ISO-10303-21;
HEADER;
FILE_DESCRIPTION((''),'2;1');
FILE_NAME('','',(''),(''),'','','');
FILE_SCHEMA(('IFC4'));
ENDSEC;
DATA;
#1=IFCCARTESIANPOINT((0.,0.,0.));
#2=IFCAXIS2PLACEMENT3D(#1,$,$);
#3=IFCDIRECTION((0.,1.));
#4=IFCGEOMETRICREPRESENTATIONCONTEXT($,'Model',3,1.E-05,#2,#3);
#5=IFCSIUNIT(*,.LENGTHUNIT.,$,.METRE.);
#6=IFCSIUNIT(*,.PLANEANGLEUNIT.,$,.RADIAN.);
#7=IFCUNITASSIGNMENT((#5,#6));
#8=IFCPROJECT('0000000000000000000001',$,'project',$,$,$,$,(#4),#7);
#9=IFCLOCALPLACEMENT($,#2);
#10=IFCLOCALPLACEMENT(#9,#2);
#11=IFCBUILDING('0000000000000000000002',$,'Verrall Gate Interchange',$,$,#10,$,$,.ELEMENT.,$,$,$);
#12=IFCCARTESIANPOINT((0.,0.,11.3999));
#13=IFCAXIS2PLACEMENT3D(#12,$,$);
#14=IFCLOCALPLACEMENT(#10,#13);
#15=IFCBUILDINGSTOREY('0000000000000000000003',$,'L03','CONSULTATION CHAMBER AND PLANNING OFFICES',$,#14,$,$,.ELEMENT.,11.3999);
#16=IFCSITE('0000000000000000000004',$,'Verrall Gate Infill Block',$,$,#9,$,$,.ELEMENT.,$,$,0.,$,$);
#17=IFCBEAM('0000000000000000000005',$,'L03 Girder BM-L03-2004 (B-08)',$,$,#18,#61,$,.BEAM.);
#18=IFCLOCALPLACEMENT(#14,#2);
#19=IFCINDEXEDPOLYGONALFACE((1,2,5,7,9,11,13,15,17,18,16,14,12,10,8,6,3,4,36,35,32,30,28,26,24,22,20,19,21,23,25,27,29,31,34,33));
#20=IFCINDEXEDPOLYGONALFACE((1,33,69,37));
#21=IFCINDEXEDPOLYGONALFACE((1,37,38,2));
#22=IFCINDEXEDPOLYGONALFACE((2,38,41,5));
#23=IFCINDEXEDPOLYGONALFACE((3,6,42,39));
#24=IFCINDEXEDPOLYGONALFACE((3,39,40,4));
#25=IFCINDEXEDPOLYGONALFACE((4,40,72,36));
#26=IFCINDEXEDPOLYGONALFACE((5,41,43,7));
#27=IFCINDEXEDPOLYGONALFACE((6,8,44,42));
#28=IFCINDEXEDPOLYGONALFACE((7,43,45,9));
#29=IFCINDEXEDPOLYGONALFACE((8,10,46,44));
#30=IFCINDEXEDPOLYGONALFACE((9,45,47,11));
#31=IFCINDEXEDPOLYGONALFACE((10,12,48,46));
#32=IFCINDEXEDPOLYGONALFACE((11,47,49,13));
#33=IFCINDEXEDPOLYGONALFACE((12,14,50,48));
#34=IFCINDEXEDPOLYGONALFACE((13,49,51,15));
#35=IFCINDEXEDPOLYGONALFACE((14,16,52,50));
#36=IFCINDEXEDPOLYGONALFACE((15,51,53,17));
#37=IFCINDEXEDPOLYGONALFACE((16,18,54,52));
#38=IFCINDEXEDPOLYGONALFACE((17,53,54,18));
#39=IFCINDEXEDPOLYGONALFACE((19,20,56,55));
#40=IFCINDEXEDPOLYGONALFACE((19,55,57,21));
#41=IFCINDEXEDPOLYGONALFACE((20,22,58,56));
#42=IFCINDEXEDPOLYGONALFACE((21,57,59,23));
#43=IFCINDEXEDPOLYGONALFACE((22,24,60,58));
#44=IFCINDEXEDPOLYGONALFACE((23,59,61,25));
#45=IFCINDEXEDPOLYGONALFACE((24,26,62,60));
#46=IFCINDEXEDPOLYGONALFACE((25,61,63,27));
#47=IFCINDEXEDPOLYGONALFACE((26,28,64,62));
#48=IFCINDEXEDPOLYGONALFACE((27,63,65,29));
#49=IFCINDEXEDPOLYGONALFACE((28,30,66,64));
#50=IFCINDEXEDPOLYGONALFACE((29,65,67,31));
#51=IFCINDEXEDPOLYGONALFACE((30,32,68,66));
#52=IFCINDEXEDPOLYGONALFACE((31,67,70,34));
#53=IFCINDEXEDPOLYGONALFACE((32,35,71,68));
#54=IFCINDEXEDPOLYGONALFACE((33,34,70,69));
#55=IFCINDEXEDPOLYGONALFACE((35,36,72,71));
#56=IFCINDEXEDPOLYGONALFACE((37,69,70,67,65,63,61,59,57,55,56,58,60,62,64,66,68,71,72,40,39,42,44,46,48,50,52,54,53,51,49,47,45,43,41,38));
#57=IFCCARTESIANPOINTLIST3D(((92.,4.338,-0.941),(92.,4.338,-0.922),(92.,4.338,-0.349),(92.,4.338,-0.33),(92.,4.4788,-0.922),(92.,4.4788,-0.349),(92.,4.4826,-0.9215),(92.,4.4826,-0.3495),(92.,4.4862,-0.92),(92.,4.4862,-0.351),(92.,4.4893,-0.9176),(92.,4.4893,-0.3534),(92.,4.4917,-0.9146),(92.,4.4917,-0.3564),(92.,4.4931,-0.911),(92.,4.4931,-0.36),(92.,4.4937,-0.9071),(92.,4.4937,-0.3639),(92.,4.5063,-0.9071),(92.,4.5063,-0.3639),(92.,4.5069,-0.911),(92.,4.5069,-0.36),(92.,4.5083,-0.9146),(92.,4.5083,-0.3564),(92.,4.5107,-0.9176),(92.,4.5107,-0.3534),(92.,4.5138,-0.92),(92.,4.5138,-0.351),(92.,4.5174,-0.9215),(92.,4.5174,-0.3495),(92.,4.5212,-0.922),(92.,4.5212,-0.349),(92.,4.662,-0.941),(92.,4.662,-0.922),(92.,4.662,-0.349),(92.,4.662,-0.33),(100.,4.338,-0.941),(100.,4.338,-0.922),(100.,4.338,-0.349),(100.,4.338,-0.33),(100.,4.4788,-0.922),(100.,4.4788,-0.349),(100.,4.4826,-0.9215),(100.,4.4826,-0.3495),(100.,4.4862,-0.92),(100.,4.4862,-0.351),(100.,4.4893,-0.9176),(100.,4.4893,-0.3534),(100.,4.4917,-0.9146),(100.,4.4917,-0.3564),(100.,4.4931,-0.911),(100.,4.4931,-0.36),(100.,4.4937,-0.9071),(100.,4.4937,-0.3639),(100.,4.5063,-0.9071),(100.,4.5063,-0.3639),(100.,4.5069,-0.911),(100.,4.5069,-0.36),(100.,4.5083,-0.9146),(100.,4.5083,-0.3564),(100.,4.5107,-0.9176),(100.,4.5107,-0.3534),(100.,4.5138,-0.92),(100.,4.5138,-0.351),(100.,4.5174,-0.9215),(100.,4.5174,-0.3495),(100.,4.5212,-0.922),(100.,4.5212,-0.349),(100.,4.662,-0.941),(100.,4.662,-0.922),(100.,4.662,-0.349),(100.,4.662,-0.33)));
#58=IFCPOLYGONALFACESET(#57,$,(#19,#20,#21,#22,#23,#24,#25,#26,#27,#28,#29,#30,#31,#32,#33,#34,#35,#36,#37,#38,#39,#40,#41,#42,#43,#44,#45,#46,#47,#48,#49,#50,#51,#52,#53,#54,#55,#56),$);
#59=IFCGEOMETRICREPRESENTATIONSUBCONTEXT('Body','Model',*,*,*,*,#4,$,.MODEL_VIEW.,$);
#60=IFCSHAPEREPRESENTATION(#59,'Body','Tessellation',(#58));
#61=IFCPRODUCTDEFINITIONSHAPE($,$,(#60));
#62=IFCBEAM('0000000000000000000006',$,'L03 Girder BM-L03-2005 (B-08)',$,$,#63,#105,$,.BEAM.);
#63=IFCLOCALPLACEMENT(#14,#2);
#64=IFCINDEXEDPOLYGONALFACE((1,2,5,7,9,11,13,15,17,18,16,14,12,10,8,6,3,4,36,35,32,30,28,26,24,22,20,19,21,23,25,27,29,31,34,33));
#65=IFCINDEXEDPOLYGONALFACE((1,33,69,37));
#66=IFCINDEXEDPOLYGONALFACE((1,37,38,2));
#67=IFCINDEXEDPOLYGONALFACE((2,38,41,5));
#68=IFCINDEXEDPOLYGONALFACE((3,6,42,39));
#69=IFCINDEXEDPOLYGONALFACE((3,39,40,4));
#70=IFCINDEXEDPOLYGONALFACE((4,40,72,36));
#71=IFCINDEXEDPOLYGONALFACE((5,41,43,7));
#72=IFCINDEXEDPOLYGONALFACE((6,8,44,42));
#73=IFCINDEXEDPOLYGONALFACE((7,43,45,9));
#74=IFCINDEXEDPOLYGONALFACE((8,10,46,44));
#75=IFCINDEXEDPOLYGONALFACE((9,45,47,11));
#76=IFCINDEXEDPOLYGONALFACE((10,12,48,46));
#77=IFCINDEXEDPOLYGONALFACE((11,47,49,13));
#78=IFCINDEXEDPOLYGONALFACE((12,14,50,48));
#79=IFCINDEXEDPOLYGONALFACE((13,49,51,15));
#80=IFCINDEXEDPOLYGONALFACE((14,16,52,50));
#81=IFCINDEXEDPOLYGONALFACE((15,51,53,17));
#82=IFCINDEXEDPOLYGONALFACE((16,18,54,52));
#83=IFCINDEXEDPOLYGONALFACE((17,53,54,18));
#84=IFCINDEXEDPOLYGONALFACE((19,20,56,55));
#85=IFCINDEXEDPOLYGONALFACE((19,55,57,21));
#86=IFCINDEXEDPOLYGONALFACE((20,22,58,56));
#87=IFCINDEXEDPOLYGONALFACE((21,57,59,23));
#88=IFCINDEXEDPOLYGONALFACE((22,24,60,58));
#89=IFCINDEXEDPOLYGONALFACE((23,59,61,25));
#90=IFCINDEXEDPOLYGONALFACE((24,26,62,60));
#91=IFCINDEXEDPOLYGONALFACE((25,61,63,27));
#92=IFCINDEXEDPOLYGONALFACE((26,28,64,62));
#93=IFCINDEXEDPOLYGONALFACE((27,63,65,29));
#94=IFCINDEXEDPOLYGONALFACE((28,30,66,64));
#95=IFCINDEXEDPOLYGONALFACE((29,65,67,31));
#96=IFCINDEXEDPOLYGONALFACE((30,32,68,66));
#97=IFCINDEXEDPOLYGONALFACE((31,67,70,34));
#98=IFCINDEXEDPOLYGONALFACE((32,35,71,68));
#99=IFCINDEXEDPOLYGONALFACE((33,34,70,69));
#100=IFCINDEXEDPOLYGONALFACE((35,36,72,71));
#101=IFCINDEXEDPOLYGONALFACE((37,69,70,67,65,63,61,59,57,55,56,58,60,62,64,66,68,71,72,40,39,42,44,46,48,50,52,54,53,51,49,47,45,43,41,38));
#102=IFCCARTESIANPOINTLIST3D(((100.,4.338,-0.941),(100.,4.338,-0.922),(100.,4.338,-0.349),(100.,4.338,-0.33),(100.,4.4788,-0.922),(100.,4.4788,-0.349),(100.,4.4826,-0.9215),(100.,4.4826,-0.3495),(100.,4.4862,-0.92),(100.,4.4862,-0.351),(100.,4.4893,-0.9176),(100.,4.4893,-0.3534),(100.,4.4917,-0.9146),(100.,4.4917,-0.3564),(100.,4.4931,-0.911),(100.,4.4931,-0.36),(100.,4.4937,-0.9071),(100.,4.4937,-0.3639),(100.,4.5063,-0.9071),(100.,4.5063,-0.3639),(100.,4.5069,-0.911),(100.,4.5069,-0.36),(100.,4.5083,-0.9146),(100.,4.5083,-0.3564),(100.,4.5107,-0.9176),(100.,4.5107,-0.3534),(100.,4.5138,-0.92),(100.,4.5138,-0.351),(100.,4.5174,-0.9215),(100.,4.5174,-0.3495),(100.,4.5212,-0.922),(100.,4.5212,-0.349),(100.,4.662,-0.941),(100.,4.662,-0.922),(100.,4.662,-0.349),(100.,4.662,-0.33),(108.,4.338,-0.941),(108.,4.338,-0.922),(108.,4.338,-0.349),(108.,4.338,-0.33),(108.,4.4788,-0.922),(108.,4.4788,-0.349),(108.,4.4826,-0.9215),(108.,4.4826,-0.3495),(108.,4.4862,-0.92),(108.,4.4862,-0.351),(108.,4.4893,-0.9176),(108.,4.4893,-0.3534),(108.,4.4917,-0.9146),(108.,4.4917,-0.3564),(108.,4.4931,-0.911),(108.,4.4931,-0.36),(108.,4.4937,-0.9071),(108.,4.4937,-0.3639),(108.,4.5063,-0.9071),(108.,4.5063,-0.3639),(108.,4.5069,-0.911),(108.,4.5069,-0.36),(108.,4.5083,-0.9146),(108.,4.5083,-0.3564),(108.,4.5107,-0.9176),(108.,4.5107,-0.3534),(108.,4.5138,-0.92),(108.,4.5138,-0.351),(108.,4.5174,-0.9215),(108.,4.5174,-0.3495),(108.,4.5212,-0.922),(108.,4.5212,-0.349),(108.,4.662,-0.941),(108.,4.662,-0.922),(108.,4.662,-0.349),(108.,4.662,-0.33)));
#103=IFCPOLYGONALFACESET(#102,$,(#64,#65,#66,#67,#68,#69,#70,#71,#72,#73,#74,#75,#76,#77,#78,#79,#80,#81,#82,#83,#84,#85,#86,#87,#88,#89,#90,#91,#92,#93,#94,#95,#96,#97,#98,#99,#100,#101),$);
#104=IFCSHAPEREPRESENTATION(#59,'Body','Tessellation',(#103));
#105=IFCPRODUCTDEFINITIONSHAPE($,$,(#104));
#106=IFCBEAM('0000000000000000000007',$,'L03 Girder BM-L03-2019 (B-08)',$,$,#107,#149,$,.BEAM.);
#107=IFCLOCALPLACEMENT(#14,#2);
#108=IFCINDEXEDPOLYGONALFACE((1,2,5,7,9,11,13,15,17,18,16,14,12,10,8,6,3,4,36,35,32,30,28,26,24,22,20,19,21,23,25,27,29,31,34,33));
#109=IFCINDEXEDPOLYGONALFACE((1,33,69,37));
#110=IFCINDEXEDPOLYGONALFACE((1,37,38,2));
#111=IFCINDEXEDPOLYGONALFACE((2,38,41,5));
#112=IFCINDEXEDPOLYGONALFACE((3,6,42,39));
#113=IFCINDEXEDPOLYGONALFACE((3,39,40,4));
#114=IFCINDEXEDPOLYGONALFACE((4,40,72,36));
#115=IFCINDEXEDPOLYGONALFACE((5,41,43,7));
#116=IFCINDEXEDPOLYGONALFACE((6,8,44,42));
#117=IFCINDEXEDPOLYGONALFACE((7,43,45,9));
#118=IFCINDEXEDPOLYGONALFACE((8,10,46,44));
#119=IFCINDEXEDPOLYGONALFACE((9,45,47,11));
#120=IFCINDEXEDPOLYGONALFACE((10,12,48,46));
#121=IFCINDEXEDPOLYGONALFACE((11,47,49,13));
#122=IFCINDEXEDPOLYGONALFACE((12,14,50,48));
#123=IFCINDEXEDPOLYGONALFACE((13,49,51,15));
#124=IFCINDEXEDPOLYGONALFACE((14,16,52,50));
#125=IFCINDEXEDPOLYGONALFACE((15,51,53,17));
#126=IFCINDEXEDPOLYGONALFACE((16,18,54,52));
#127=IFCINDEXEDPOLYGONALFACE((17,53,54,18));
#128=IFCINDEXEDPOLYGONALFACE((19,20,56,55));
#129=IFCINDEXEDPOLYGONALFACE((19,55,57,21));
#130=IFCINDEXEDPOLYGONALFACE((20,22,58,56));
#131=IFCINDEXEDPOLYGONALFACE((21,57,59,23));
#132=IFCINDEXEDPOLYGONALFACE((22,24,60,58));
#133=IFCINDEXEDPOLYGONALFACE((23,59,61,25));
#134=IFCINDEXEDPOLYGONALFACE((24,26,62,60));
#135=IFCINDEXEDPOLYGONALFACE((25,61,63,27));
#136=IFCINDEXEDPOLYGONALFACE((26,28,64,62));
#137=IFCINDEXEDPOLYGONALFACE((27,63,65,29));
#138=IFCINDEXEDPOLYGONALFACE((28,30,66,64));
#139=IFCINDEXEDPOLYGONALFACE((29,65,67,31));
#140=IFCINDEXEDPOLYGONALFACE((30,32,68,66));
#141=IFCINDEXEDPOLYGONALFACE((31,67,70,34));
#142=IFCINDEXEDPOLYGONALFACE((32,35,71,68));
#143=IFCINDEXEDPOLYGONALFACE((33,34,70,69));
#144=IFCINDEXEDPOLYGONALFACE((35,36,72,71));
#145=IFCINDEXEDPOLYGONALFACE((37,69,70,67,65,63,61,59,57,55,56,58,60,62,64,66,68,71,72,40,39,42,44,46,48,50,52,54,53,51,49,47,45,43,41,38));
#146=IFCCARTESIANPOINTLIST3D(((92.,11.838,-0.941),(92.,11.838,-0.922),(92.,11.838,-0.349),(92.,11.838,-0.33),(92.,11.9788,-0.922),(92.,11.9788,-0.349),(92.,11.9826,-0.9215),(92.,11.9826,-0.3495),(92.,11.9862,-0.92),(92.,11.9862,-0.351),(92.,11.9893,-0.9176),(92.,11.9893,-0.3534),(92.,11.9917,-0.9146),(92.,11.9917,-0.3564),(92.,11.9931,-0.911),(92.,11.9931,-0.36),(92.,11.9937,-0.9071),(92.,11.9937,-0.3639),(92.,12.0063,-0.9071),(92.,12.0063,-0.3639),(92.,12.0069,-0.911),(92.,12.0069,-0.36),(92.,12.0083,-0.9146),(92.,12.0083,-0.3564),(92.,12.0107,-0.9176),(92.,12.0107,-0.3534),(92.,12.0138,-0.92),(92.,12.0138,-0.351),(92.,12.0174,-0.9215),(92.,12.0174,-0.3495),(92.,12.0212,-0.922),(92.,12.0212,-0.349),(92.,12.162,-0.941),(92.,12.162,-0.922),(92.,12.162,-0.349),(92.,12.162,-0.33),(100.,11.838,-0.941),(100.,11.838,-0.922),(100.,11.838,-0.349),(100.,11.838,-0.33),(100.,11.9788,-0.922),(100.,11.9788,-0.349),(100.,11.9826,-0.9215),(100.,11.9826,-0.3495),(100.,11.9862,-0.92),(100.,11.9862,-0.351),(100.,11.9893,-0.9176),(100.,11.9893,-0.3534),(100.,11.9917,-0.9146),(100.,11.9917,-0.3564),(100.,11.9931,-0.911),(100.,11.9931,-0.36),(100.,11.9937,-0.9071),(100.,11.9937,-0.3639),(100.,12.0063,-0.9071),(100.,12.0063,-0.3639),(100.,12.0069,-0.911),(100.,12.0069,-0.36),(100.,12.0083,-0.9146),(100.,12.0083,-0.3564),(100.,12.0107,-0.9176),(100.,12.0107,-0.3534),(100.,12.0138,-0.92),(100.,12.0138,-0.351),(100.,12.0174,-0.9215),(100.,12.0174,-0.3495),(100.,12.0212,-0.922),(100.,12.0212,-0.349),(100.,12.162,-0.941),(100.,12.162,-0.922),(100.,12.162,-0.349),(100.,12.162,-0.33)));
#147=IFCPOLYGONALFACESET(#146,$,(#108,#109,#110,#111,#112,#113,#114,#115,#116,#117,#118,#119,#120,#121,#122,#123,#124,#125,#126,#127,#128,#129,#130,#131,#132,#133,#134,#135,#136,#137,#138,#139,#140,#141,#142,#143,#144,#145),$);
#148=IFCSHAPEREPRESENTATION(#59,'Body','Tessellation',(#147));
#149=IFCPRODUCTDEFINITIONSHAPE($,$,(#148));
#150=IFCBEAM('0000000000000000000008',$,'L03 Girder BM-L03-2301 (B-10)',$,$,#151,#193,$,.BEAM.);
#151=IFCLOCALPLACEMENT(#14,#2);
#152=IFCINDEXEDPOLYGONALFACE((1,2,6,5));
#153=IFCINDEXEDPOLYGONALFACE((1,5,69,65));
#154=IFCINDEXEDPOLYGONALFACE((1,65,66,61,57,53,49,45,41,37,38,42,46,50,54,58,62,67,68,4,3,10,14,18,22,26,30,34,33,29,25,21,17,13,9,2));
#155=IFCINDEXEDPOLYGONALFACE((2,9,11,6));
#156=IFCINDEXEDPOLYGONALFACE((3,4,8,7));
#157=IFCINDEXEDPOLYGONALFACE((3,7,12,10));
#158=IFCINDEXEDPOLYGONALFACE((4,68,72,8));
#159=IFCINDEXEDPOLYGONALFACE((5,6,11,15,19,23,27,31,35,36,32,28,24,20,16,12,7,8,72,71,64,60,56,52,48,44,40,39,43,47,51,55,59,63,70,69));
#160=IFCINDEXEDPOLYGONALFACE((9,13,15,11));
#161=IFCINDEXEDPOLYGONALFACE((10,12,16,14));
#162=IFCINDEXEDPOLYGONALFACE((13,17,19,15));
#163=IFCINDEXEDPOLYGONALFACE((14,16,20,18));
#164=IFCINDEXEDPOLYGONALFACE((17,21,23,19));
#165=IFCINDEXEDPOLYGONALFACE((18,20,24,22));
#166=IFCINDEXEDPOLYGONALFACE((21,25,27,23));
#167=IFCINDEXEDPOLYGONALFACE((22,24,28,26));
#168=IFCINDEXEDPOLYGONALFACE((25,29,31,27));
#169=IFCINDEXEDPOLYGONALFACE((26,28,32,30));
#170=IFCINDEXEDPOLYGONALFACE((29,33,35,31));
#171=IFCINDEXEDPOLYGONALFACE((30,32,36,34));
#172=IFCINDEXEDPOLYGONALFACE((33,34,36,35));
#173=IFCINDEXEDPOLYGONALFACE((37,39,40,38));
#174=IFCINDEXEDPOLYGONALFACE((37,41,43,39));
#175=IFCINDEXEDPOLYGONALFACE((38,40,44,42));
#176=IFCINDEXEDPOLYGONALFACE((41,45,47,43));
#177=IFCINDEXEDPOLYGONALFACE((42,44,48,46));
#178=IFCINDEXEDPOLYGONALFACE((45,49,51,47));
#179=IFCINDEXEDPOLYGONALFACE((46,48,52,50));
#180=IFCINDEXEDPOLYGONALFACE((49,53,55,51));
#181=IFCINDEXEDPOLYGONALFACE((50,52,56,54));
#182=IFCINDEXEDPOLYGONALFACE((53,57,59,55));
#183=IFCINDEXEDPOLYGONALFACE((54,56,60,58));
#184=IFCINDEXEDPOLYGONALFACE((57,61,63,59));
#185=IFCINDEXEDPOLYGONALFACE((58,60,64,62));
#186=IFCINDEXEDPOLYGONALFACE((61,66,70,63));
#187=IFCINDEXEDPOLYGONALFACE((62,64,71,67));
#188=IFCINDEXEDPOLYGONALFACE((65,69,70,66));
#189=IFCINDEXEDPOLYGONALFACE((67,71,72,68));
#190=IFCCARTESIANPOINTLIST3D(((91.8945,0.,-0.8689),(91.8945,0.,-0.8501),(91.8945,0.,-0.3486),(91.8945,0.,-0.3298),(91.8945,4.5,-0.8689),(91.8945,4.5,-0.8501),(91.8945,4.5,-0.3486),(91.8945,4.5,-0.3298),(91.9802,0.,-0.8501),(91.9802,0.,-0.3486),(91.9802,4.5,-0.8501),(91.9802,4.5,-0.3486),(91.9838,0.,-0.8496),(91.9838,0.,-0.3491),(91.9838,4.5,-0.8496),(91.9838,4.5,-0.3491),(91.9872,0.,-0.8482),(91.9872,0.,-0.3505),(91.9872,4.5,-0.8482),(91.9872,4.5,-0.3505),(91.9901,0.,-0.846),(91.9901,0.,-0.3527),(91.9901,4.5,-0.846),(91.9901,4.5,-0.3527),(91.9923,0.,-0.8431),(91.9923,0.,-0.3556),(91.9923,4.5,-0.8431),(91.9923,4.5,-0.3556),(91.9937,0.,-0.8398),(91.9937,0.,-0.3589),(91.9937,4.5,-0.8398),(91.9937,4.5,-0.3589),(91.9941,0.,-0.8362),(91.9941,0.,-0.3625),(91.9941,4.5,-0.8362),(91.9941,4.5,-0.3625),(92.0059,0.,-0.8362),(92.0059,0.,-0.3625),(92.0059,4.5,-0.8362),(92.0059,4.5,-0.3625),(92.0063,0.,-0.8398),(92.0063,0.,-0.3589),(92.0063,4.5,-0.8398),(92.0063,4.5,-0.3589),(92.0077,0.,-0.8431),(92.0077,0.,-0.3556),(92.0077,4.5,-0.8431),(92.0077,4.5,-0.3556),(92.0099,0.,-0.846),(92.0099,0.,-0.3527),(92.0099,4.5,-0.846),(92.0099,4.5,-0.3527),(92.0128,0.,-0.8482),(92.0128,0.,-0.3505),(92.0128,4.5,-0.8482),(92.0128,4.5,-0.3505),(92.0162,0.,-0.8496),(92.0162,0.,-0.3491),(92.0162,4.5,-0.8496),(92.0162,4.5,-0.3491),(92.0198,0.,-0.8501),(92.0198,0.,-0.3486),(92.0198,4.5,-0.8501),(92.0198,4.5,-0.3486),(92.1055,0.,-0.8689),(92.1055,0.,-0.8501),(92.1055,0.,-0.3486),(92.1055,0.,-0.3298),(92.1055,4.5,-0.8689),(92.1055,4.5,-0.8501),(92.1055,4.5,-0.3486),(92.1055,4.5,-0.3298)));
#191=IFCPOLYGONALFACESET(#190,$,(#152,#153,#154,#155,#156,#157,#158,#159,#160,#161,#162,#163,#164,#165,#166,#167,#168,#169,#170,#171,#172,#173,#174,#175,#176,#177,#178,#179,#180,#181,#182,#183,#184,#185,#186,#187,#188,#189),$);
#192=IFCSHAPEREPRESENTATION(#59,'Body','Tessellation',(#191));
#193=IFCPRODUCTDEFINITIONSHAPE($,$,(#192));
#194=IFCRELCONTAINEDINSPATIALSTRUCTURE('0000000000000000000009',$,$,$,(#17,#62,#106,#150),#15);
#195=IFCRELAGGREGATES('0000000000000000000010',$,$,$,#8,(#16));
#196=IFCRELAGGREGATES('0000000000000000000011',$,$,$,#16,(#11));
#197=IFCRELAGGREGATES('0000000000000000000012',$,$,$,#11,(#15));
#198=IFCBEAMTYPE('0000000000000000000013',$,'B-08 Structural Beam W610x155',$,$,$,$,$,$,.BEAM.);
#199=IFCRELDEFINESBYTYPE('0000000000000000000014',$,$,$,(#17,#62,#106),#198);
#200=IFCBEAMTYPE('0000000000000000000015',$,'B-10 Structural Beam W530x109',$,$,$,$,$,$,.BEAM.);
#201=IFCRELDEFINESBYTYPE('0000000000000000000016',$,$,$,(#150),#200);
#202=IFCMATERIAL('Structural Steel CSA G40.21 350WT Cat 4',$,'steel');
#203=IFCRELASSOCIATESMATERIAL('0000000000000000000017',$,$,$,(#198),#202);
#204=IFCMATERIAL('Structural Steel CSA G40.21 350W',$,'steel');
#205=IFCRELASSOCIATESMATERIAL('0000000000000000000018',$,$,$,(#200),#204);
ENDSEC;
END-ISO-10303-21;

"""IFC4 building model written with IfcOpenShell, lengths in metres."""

from ifc_helpers import new_model, si_unit, direction, frame, origin, origin_2d, place, context, subcontext, project, spatial, i_section, extrude, material, material_profile, profile_set, type_object, element, save


model = new_model("IFC4")

# Units and contexts
model_context = context("Model", 3, precision=1e-05, world=origin(), true_north=direction((0.0, 1.0)))
body_context = subcontext(model_context, "Body", "Model", "MODEL_VIEW")
ifc_project = project(units=[si_unit("LENGTHUNIT", "METRE"), si_unit("PLANEANGLEUNIT", "RADIAN")], contexts=[model_context])

# Site, building, storey
site_placement = place(None, origin())
site = spatial("IfcSite", under=ifc_project, at=site_placement, Name="Verrall Gate Infill Block", CompositionType="ELEMENT", RefElevation=0.0)
building_placement = place(site_placement, origin())
building = spatial("IfcBuilding", under=site, at=building_placement, Name="Verrall Gate Interchange", CompositionType="ELEMENT")
storey_placement = place(building_placement, frame((0.0, 0.0, 11.3999)))
storey = spatial("IfcBuildingStorey", under=building, at=storey_placement, Name="L03", Description="CONSULTATION CHAMBER AND PLANNING OFFICES", CompositionType="ELEMENT", Elevation=11.3999)

# Beams
ifc_material_1 = material(Name="Structural Steel CSA G40.21 350WT Cat 4", Category="steel")
ifc_material_profile_1 = material_profile(ifc_material_1, i_section(OverallWidth=0.324, OverallDepth=0.6111, WebThickness=0.0127, FlangeThickness=0.019, FilletRadius=0.0149, at=origin_2d()), Name="W610x155")
ifc_profile_set_1 = profile_set([ifc_material_profile_1], Name="Structural Steel CSA G40.21 350WT Cat 4")
beam_type_1 = type_object("IfcBeamType", Name="B-08 Structural Beam W610x155", PredefinedType="BEAM", material=ifc_profile_set_1)
for number, where, z_axis, x_axis, name in (
    (1, (92.0, 4.5, -0.6355), (1.0, 0.0, 0.0), (0.0, 1.0, 0.0), "L03 Girder BM-L03-2004 (B-08)"),
    (2, (100.0, 4.5, -0.6355), (1.0, 0.0, 0.0), (0.0, 1.0, 0.0), "L03 Girder BM-L03-2005 (B-08)"),
    (3, (92.0, 12.0, -0.6355), (1.0, 0.0, 0.0), (0.0, 1.0, 0.0), "L03 Girder BM-L03-2019 (B-08)"),
):
    element("IfcBeam", number, at=place(storey_placement, frame(where, z_axis=z_axis, x_axis=x_axis)), inside=storey, type_object=beam_type_1, Name=name, PredefinedType="BEAM", context=body_context, shape_type="SweptSolid", body=[
        extrude(i_section(OverallWidth=0.324, OverallDepth=0.6111, WebThickness=0.0127, FlangeThickness=0.019, FilletRadius=0.0149, at=origin_2d()), origin(), (0.0, 0.0, 1.0), 8.0),
    ])
ifc_material_2 = material(Name="Structural Steel CSA G40.21 350W", Category="steel")
ifc_material_profile_2 = material_profile(ifc_material_2, i_section(OverallWidth=0.2109, OverallDepth=0.5391, WebThickness=0.0117, FlangeThickness=0.0188, FilletRadius=0.0139, at=origin_2d()), Name="W530x109")
ifc_profile_set_2 = profile_set([ifc_material_profile_2], Name="Structural Steel CSA G40.21 350W")
beam_type_2 = type_object("IfcBeamType", Name="B-10 Structural Beam W530x109", PredefinedType="BEAM", material=ifc_profile_set_2)
beam_1_placement = place(storey_placement, frame((92.0, 0.0, -0.5994), z_axis=(0.0, 1.0, 0.0), x_axis=(-1.0, 0.0, 0.0)))
element("IfcBeam", 4, at=beam_1_placement, inside=storey, type_object=beam_type_2, Name="L03 Girder BM-L03-2301 (B-10)", PredefinedType="BEAM", context=body_context, shape_type="SweptSolid", body=[
    extrude(i_section(OverallWidth=0.2109, OverallDepth=0.5391, WebThickness=0.0117, FlangeThickness=0.0188, FilletRadius=0.0139, at=origin_2d()), origin(), (0.0, 0.0, 1.0), 4.5),
])

save(model, "model.ifc")
